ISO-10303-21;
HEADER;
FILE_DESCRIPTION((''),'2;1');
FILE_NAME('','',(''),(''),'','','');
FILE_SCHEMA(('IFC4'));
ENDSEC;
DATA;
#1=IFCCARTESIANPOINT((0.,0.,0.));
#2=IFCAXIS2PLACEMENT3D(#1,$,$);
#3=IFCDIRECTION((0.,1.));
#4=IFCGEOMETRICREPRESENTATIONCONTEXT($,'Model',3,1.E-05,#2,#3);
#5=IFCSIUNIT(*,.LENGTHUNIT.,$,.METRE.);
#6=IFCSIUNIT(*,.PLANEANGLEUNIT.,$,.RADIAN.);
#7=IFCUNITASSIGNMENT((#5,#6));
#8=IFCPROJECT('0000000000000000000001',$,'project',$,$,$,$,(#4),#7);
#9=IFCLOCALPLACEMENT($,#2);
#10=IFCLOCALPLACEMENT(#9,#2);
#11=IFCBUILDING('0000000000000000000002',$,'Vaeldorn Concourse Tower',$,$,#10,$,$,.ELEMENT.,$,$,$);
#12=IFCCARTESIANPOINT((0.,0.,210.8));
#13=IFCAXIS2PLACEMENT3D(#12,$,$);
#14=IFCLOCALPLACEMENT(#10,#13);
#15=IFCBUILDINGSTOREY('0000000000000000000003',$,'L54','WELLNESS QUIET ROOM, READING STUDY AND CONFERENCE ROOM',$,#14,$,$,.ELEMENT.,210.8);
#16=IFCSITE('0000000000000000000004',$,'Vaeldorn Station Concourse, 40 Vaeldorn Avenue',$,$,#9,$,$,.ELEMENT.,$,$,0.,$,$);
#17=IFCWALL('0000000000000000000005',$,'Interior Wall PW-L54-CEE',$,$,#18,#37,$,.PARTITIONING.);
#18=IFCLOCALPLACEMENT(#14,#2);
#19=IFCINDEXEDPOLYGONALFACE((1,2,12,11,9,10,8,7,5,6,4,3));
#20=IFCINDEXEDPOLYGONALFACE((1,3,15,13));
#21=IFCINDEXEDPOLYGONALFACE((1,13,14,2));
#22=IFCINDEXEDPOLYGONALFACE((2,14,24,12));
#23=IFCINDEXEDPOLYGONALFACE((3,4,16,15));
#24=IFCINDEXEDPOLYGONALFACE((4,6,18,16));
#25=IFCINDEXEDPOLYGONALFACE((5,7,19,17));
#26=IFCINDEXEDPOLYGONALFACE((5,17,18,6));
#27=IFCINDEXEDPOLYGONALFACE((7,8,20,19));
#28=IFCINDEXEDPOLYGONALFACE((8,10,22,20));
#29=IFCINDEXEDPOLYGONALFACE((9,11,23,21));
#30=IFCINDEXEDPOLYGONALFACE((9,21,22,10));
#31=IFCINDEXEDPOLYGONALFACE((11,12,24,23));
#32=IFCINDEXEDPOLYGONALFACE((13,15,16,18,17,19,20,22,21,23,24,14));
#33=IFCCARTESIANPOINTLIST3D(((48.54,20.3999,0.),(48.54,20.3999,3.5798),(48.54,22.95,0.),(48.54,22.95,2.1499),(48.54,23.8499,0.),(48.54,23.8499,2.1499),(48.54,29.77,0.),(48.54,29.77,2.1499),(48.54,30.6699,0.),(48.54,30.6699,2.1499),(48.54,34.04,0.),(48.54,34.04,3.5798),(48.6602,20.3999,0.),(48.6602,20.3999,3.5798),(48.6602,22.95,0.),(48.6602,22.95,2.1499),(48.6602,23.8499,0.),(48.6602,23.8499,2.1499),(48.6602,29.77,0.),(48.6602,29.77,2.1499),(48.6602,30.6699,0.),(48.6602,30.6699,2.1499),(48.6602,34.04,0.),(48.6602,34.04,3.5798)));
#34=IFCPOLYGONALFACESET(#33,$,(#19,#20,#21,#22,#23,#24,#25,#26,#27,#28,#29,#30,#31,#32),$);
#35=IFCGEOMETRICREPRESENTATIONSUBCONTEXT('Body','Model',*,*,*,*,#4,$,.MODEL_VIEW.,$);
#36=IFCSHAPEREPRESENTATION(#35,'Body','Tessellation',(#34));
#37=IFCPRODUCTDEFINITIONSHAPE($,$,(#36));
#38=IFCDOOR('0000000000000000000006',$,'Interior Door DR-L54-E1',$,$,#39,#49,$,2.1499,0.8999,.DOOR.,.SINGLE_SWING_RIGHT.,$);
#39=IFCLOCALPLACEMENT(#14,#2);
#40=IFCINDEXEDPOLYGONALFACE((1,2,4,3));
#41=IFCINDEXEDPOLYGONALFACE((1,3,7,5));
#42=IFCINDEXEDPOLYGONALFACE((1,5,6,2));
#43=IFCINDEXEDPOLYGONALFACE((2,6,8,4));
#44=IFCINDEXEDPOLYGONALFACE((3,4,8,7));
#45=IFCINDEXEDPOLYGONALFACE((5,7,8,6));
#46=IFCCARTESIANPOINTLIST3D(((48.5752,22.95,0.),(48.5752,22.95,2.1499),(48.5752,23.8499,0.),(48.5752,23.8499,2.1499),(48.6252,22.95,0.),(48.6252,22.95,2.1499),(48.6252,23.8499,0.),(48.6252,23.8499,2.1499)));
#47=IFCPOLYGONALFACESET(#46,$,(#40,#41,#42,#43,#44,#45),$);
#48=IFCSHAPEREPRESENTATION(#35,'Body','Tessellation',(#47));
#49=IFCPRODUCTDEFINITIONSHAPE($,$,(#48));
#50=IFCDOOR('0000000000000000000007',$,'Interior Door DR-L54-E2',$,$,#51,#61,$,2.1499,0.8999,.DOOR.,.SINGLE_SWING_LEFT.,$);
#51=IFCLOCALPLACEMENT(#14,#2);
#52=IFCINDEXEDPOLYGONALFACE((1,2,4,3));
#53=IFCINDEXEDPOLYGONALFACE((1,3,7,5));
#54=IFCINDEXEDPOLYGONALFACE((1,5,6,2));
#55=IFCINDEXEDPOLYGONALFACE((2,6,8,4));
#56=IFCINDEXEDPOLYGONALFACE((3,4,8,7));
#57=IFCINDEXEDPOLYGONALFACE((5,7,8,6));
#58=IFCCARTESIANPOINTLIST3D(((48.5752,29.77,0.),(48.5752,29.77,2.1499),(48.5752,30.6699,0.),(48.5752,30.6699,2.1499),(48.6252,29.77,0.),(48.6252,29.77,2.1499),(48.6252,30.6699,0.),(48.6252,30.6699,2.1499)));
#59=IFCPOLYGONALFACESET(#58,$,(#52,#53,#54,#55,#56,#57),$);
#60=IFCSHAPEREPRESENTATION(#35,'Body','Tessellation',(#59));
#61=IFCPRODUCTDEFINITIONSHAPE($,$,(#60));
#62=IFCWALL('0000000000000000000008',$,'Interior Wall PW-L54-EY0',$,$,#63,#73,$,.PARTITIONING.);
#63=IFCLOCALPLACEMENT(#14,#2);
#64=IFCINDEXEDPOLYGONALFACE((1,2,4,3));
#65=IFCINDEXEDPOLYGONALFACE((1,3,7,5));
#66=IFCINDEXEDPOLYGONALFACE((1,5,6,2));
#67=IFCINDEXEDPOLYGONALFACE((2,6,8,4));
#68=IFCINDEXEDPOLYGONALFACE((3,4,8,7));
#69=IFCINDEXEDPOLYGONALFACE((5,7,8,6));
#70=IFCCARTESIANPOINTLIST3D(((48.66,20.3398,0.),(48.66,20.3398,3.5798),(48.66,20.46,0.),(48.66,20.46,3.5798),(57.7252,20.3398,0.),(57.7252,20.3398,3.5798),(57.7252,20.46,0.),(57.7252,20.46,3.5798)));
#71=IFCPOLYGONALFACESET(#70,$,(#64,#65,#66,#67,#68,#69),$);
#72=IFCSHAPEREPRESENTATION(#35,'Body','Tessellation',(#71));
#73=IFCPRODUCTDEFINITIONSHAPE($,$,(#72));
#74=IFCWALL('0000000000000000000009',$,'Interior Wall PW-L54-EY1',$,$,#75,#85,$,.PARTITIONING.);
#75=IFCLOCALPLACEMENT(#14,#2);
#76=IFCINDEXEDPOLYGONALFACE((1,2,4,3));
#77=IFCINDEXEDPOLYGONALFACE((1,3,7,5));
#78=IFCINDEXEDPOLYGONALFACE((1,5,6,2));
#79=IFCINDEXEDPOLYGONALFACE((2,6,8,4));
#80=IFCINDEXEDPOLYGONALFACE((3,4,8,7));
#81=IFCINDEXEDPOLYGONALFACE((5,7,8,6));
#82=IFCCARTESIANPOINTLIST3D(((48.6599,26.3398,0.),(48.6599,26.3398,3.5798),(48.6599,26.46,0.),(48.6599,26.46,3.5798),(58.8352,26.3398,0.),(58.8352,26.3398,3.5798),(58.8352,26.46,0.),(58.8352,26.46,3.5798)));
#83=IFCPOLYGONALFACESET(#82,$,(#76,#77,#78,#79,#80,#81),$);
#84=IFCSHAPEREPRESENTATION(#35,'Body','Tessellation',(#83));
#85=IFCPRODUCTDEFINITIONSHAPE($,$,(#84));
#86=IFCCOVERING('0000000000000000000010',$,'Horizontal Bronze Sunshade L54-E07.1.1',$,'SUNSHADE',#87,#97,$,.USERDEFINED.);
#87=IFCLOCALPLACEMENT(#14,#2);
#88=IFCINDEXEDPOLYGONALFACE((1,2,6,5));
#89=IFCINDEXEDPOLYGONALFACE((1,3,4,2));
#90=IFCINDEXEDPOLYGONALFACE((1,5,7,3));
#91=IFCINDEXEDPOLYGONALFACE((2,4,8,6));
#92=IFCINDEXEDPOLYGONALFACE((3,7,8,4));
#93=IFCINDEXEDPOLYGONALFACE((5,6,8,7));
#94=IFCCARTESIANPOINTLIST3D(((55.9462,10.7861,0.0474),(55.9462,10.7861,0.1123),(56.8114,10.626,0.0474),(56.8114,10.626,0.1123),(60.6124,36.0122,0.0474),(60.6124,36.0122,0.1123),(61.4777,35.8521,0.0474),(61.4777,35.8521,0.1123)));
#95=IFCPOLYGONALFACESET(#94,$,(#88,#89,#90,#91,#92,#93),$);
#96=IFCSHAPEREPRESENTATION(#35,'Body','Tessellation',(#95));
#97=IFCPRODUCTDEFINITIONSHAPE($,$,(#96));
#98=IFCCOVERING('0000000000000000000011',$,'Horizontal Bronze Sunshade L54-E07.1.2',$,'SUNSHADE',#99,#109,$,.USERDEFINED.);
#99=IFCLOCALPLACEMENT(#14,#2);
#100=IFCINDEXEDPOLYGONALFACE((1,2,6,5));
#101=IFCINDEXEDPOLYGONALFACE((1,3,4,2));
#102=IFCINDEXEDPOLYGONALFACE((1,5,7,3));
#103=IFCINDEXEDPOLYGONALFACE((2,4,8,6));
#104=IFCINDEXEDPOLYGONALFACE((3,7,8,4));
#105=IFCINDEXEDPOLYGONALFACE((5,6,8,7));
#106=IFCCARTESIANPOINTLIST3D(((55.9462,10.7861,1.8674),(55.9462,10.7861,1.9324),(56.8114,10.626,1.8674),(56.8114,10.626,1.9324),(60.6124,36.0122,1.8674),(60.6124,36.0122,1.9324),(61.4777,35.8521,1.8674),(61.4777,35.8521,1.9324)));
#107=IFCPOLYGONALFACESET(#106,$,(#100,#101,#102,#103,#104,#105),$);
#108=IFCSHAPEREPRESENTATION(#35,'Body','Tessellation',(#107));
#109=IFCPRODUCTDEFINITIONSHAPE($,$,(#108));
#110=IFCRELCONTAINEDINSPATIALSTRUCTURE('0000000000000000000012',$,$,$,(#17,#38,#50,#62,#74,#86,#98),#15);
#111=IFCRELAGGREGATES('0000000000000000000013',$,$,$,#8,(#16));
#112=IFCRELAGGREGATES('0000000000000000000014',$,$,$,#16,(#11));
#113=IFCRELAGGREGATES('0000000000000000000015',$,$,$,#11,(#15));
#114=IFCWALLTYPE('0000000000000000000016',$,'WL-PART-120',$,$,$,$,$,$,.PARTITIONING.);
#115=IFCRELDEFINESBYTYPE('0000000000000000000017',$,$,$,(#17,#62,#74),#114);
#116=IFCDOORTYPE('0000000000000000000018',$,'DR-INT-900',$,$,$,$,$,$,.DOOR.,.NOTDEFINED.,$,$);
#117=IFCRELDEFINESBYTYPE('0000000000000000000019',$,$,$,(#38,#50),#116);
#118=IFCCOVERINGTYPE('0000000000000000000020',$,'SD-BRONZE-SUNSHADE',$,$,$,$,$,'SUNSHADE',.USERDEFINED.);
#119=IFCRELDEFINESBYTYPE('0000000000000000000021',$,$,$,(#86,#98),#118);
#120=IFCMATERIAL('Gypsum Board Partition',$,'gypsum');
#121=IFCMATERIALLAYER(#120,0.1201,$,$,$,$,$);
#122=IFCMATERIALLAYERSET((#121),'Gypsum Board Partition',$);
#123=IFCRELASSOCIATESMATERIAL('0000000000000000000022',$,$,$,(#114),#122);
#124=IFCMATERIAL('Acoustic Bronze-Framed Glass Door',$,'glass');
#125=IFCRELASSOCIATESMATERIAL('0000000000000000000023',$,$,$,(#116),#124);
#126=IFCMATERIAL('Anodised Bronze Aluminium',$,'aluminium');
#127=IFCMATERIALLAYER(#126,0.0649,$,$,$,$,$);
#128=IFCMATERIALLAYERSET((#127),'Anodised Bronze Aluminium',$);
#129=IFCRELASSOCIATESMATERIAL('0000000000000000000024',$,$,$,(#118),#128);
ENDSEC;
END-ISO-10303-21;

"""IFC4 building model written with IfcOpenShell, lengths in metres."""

from ifc_helpers import new_model, si_unit, direction, frame, frame_2d, origin, origin_2d, place, context, subcontext, project, spatial, rectangle, extrude, source, transform, mapped, material, layer, layer_set, type_object, element, fill, save


model = new_model("IFC4")

# Units and contexts
model_context = context("Model", 3, precision=1e-05, world=origin(), true_north=direction((0.0, 1.0)))
body_context = subcontext(model_context, "Body", "Model", "MODEL_VIEW")
ifc_project = project(units=[si_unit("LENGTHUNIT", "METRE"), si_unit("PLANEANGLEUNIT", "RADIAN")], contexts=[model_context])

# Site, building, storey
site_placement = place(None, origin())
site = spatial("IfcSite", under=ifc_project, at=site_placement, Name="Vaeldorn Station Concourse, 40 Vaeldorn Avenue", CompositionType="ELEMENT", RefElevation=0.0)
building_placement = place(site_placement, origin())
building = spatial("IfcBuilding", under=site, at=building_placement, Name="Vaeldorn Concourse Tower", CompositionType="ELEMENT")
storey_placement = place(building_placement, frame((0.0, 0.0, 210.8)))
storey = spatial("IfcBuildingStorey", under=building, at=storey_placement, Name="L54", Description="WELLNESS QUIET ROOM, READING STUDY AND CONFERENCE ROOM", CompositionType="ELEMENT", Elevation=210.8)

# Shared definitions
ifc_material_1 = material(Name="Anodised Bronze Aluminium", Category="aluminium")

# Shared definitions
ifc_material_2 = material(Name="Gypsum Board Partition", Category="gypsum")
ifc_layer_1 = layer(ifc_material_2, 0.1201)
ifc_layer_set_1 = layer_set([ifc_layer_1], Name="Gypsum Board Partition")
wall_type = type_object("IfcWallType", Name="WL-PART-120", PredefinedType="PARTITIONING", material=ifc_layer_set_1)

# Wall, openings, doors
wall_1_placement = place(storey_placement, frame((48.6001, 20.3999, 0.0), z_axis=(0.0, 0.0, 1.0), x_axis=(0.0, 1.0, 0.0)))
wall_1 = element("IfcWall", 1, at=wall_1_placement, inside=storey, type_object=wall_type, Name="Interior Wall PW-L54-CEE", PredefinedType="PARTITIONING", context=body_context, shape_type="SweptSolid", body=[
    extrude(rectangle(XDim=13.6401, YDim=0.1201, at=frame_2d((6.8201, 0.0))), origin(), (0.0, 0.0, 1.0), 3.5798),
])
opening_1_placement = place(wall_1_placement, frame((2.55, 0.0, 0.0)))
opening_1 = element("IfcOpeningElement", 2, at=opening_1_placement, cuts=wall_1, PredefinedType="OPENING", context=body_context, shape_type="SweptSolid", body=[
    extrude(rectangle(XDim=0.8999, YDim=2.1499, at=frame_2d((0.45, 1.075))), frame((0.0, 0.0701, 0.0), z_axis=(0.0, -1.0, 0.0), x_axis=(1.0, 0.0, 0.0)), (0.0, 0.0, 1.0), 0.1401),
])
opening_2_placement = place(wall_1_placement, frame((9.3701, 0.0, 0.0)))
opening_2 = element("IfcOpeningElement", 3, at=opening_2_placement, cuts=wall_1, PredefinedType="OPENING", context=body_context, shape_type="SweptSolid", body=[
    extrude(rectangle(XDim=0.8999, YDim=2.1499, at=frame_2d((0.45, 1.075))), frame((0.0, 0.0701, 0.0), z_axis=(0.0, -1.0, 0.0), x_axis=(1.0, 0.0, 0.0)), (0.0, 0.0, 1.0), 0.1401),
])
ifc_material_3 = material(Name="Acoustic Bronze-Framed Glass Door", Category="glass")
door_type = type_object("IfcDoorType", Name="DR-INT-900", OperationType="NOTDEFINED", PredefinedType="DOOR", material=ifc_material_3)
shared_shape_1 = source(origin(), body_context, "Body", "SweptSolid", [
    extrude(rectangle(XDim=0.8999, YDim=2.1499, at=frame_2d((0.45, 1.075))), frame((0.0, 0.0249, 0.0), z_axis=(0.0, -1.0, 0.0), x_axis=(1.0, 0.0, 0.0)), (0.0, 0.0, 1.0), 0.05),
])
door_1_placement = place(opening_1_placement, origin())
door_1 = element("IfcDoor", 4, at=door_1_placement, inside=storey, type_object=door_type, Name="Interior Door DR-L54-E1", OperationType="SINGLE_SWING_RIGHT", OverallHeight=2.1499, OverallWidth=0.8999, PredefinedType="DOOR", context=body_context, shape_type="MappedRepresentation", body=[
    mapped(shared_shape_1, transform((0.0, 0.0, 0.0), scale=1.0)),
])
fill(opening_1, door_1)
door_2_placement = place(opening_2_placement, origin())
door_2 = element("IfcDoor", 5, at=door_2_placement, inside=storey, type_object=door_type, Name="Interior Door DR-L54-E2", OperationType="SINGLE_SWING_LEFT", OverallHeight=2.1499, OverallWidth=0.8999, PredefinedType="DOOR", context=body_context, shape_type="MappedRepresentation", body=[
    mapped(shared_shape_1, transform((0.0, 0.0, 0.0), scale=1.0)),
])
fill(opening_2, door_2)

# Walls
wall_2_placement = place(storey_placement, frame((48.6599, 20.3999, 0.0), z_axis=(0.0, 0.0, 1.0), x_axis=(1.0, 0.0, 0.0)))
element("IfcWall", 6, at=wall_2_placement, inside=storey, type_object=wall_type, Name="Interior Wall PW-L54-EY0", PredefinedType="PARTITIONING", context=body_context, shape_type="SweptSolid", body=[
    extrude(rectangle(XDim=9.0652, YDim=0.1201, at=frame_2d((4.5327, 0.0))), origin(), (0.0, 0.0, 1.0), 3.5798),
])
wall_3_placement = place(storey_placement, frame((48.6599, 26.3999, 0.0), z_axis=(0.0, 0.0, 1.0), x_axis=(1.0, 0.0, 0.0)))
element("IfcWall", 7, at=wall_3_placement, inside=storey, type_object=wall_type, Name="Interior Wall PW-L54-EY1", PredefinedType="PARTITIONING", context=body_context, shape_type="SweptSolid", body=[
    extrude(rectangle(XDim=10.1753, YDim=0.1201, at=frame_2d((5.0876, 0.0))), origin(), (0.0, 0.0, 1.0), 3.5798),
])

# Coverings
ifc_layer_2 = layer(ifc_material_1, 0.0649)
ifc_layer_set_2 = layer_set([ifc_layer_2], Name="Anodised Bronze Aluminium")
covering_type = type_object("IfcCoveringType", Name="SD-BRONZE-SUNSHADE", ElementType="SUNSHADE", PredefinedType="USERDEFINED", material=ifc_layer_set_2)
shared_shape_2 = source(origin(), body_context, "Body", "SweptSolid", [
    extrude(rectangle(XDim=25.6541, YDim=0.8799, at=origin_2d()), origin(), (0.0, 0.0, 1.0), 0.0649),
])
for number, where, z_axis, x_axis, name in (
    (8, (58.7119, 23.3191, 0.0474), (0.0, 0.0, 1.0), (0.181892, 0.983318, 0.0), "Horizontal Bronze Sunshade L54-E07.1.1"),
    (9, (58.7119, 23.3191, 1.8674), (0.0, 0.0, 1.0), (0.181892, 0.983318, 0.0), "Horizontal Bronze Sunshade L54-E07.1.2"),
):
    element("IfcCovering", number, at=place(storey_placement, frame(where, z_axis=z_axis, x_axis=x_axis)), inside=storey, type_object=covering_type, Name=name, ObjectType="SUNSHADE", PredefinedType="USERDEFINED", context=body_context, shape_type="MappedRepresentation", body=[
        mapped(shared_shape_2, transform((0.0, 0.0, 0.0), scale=1.0)),
    ])

save(model, "model.ifc")
